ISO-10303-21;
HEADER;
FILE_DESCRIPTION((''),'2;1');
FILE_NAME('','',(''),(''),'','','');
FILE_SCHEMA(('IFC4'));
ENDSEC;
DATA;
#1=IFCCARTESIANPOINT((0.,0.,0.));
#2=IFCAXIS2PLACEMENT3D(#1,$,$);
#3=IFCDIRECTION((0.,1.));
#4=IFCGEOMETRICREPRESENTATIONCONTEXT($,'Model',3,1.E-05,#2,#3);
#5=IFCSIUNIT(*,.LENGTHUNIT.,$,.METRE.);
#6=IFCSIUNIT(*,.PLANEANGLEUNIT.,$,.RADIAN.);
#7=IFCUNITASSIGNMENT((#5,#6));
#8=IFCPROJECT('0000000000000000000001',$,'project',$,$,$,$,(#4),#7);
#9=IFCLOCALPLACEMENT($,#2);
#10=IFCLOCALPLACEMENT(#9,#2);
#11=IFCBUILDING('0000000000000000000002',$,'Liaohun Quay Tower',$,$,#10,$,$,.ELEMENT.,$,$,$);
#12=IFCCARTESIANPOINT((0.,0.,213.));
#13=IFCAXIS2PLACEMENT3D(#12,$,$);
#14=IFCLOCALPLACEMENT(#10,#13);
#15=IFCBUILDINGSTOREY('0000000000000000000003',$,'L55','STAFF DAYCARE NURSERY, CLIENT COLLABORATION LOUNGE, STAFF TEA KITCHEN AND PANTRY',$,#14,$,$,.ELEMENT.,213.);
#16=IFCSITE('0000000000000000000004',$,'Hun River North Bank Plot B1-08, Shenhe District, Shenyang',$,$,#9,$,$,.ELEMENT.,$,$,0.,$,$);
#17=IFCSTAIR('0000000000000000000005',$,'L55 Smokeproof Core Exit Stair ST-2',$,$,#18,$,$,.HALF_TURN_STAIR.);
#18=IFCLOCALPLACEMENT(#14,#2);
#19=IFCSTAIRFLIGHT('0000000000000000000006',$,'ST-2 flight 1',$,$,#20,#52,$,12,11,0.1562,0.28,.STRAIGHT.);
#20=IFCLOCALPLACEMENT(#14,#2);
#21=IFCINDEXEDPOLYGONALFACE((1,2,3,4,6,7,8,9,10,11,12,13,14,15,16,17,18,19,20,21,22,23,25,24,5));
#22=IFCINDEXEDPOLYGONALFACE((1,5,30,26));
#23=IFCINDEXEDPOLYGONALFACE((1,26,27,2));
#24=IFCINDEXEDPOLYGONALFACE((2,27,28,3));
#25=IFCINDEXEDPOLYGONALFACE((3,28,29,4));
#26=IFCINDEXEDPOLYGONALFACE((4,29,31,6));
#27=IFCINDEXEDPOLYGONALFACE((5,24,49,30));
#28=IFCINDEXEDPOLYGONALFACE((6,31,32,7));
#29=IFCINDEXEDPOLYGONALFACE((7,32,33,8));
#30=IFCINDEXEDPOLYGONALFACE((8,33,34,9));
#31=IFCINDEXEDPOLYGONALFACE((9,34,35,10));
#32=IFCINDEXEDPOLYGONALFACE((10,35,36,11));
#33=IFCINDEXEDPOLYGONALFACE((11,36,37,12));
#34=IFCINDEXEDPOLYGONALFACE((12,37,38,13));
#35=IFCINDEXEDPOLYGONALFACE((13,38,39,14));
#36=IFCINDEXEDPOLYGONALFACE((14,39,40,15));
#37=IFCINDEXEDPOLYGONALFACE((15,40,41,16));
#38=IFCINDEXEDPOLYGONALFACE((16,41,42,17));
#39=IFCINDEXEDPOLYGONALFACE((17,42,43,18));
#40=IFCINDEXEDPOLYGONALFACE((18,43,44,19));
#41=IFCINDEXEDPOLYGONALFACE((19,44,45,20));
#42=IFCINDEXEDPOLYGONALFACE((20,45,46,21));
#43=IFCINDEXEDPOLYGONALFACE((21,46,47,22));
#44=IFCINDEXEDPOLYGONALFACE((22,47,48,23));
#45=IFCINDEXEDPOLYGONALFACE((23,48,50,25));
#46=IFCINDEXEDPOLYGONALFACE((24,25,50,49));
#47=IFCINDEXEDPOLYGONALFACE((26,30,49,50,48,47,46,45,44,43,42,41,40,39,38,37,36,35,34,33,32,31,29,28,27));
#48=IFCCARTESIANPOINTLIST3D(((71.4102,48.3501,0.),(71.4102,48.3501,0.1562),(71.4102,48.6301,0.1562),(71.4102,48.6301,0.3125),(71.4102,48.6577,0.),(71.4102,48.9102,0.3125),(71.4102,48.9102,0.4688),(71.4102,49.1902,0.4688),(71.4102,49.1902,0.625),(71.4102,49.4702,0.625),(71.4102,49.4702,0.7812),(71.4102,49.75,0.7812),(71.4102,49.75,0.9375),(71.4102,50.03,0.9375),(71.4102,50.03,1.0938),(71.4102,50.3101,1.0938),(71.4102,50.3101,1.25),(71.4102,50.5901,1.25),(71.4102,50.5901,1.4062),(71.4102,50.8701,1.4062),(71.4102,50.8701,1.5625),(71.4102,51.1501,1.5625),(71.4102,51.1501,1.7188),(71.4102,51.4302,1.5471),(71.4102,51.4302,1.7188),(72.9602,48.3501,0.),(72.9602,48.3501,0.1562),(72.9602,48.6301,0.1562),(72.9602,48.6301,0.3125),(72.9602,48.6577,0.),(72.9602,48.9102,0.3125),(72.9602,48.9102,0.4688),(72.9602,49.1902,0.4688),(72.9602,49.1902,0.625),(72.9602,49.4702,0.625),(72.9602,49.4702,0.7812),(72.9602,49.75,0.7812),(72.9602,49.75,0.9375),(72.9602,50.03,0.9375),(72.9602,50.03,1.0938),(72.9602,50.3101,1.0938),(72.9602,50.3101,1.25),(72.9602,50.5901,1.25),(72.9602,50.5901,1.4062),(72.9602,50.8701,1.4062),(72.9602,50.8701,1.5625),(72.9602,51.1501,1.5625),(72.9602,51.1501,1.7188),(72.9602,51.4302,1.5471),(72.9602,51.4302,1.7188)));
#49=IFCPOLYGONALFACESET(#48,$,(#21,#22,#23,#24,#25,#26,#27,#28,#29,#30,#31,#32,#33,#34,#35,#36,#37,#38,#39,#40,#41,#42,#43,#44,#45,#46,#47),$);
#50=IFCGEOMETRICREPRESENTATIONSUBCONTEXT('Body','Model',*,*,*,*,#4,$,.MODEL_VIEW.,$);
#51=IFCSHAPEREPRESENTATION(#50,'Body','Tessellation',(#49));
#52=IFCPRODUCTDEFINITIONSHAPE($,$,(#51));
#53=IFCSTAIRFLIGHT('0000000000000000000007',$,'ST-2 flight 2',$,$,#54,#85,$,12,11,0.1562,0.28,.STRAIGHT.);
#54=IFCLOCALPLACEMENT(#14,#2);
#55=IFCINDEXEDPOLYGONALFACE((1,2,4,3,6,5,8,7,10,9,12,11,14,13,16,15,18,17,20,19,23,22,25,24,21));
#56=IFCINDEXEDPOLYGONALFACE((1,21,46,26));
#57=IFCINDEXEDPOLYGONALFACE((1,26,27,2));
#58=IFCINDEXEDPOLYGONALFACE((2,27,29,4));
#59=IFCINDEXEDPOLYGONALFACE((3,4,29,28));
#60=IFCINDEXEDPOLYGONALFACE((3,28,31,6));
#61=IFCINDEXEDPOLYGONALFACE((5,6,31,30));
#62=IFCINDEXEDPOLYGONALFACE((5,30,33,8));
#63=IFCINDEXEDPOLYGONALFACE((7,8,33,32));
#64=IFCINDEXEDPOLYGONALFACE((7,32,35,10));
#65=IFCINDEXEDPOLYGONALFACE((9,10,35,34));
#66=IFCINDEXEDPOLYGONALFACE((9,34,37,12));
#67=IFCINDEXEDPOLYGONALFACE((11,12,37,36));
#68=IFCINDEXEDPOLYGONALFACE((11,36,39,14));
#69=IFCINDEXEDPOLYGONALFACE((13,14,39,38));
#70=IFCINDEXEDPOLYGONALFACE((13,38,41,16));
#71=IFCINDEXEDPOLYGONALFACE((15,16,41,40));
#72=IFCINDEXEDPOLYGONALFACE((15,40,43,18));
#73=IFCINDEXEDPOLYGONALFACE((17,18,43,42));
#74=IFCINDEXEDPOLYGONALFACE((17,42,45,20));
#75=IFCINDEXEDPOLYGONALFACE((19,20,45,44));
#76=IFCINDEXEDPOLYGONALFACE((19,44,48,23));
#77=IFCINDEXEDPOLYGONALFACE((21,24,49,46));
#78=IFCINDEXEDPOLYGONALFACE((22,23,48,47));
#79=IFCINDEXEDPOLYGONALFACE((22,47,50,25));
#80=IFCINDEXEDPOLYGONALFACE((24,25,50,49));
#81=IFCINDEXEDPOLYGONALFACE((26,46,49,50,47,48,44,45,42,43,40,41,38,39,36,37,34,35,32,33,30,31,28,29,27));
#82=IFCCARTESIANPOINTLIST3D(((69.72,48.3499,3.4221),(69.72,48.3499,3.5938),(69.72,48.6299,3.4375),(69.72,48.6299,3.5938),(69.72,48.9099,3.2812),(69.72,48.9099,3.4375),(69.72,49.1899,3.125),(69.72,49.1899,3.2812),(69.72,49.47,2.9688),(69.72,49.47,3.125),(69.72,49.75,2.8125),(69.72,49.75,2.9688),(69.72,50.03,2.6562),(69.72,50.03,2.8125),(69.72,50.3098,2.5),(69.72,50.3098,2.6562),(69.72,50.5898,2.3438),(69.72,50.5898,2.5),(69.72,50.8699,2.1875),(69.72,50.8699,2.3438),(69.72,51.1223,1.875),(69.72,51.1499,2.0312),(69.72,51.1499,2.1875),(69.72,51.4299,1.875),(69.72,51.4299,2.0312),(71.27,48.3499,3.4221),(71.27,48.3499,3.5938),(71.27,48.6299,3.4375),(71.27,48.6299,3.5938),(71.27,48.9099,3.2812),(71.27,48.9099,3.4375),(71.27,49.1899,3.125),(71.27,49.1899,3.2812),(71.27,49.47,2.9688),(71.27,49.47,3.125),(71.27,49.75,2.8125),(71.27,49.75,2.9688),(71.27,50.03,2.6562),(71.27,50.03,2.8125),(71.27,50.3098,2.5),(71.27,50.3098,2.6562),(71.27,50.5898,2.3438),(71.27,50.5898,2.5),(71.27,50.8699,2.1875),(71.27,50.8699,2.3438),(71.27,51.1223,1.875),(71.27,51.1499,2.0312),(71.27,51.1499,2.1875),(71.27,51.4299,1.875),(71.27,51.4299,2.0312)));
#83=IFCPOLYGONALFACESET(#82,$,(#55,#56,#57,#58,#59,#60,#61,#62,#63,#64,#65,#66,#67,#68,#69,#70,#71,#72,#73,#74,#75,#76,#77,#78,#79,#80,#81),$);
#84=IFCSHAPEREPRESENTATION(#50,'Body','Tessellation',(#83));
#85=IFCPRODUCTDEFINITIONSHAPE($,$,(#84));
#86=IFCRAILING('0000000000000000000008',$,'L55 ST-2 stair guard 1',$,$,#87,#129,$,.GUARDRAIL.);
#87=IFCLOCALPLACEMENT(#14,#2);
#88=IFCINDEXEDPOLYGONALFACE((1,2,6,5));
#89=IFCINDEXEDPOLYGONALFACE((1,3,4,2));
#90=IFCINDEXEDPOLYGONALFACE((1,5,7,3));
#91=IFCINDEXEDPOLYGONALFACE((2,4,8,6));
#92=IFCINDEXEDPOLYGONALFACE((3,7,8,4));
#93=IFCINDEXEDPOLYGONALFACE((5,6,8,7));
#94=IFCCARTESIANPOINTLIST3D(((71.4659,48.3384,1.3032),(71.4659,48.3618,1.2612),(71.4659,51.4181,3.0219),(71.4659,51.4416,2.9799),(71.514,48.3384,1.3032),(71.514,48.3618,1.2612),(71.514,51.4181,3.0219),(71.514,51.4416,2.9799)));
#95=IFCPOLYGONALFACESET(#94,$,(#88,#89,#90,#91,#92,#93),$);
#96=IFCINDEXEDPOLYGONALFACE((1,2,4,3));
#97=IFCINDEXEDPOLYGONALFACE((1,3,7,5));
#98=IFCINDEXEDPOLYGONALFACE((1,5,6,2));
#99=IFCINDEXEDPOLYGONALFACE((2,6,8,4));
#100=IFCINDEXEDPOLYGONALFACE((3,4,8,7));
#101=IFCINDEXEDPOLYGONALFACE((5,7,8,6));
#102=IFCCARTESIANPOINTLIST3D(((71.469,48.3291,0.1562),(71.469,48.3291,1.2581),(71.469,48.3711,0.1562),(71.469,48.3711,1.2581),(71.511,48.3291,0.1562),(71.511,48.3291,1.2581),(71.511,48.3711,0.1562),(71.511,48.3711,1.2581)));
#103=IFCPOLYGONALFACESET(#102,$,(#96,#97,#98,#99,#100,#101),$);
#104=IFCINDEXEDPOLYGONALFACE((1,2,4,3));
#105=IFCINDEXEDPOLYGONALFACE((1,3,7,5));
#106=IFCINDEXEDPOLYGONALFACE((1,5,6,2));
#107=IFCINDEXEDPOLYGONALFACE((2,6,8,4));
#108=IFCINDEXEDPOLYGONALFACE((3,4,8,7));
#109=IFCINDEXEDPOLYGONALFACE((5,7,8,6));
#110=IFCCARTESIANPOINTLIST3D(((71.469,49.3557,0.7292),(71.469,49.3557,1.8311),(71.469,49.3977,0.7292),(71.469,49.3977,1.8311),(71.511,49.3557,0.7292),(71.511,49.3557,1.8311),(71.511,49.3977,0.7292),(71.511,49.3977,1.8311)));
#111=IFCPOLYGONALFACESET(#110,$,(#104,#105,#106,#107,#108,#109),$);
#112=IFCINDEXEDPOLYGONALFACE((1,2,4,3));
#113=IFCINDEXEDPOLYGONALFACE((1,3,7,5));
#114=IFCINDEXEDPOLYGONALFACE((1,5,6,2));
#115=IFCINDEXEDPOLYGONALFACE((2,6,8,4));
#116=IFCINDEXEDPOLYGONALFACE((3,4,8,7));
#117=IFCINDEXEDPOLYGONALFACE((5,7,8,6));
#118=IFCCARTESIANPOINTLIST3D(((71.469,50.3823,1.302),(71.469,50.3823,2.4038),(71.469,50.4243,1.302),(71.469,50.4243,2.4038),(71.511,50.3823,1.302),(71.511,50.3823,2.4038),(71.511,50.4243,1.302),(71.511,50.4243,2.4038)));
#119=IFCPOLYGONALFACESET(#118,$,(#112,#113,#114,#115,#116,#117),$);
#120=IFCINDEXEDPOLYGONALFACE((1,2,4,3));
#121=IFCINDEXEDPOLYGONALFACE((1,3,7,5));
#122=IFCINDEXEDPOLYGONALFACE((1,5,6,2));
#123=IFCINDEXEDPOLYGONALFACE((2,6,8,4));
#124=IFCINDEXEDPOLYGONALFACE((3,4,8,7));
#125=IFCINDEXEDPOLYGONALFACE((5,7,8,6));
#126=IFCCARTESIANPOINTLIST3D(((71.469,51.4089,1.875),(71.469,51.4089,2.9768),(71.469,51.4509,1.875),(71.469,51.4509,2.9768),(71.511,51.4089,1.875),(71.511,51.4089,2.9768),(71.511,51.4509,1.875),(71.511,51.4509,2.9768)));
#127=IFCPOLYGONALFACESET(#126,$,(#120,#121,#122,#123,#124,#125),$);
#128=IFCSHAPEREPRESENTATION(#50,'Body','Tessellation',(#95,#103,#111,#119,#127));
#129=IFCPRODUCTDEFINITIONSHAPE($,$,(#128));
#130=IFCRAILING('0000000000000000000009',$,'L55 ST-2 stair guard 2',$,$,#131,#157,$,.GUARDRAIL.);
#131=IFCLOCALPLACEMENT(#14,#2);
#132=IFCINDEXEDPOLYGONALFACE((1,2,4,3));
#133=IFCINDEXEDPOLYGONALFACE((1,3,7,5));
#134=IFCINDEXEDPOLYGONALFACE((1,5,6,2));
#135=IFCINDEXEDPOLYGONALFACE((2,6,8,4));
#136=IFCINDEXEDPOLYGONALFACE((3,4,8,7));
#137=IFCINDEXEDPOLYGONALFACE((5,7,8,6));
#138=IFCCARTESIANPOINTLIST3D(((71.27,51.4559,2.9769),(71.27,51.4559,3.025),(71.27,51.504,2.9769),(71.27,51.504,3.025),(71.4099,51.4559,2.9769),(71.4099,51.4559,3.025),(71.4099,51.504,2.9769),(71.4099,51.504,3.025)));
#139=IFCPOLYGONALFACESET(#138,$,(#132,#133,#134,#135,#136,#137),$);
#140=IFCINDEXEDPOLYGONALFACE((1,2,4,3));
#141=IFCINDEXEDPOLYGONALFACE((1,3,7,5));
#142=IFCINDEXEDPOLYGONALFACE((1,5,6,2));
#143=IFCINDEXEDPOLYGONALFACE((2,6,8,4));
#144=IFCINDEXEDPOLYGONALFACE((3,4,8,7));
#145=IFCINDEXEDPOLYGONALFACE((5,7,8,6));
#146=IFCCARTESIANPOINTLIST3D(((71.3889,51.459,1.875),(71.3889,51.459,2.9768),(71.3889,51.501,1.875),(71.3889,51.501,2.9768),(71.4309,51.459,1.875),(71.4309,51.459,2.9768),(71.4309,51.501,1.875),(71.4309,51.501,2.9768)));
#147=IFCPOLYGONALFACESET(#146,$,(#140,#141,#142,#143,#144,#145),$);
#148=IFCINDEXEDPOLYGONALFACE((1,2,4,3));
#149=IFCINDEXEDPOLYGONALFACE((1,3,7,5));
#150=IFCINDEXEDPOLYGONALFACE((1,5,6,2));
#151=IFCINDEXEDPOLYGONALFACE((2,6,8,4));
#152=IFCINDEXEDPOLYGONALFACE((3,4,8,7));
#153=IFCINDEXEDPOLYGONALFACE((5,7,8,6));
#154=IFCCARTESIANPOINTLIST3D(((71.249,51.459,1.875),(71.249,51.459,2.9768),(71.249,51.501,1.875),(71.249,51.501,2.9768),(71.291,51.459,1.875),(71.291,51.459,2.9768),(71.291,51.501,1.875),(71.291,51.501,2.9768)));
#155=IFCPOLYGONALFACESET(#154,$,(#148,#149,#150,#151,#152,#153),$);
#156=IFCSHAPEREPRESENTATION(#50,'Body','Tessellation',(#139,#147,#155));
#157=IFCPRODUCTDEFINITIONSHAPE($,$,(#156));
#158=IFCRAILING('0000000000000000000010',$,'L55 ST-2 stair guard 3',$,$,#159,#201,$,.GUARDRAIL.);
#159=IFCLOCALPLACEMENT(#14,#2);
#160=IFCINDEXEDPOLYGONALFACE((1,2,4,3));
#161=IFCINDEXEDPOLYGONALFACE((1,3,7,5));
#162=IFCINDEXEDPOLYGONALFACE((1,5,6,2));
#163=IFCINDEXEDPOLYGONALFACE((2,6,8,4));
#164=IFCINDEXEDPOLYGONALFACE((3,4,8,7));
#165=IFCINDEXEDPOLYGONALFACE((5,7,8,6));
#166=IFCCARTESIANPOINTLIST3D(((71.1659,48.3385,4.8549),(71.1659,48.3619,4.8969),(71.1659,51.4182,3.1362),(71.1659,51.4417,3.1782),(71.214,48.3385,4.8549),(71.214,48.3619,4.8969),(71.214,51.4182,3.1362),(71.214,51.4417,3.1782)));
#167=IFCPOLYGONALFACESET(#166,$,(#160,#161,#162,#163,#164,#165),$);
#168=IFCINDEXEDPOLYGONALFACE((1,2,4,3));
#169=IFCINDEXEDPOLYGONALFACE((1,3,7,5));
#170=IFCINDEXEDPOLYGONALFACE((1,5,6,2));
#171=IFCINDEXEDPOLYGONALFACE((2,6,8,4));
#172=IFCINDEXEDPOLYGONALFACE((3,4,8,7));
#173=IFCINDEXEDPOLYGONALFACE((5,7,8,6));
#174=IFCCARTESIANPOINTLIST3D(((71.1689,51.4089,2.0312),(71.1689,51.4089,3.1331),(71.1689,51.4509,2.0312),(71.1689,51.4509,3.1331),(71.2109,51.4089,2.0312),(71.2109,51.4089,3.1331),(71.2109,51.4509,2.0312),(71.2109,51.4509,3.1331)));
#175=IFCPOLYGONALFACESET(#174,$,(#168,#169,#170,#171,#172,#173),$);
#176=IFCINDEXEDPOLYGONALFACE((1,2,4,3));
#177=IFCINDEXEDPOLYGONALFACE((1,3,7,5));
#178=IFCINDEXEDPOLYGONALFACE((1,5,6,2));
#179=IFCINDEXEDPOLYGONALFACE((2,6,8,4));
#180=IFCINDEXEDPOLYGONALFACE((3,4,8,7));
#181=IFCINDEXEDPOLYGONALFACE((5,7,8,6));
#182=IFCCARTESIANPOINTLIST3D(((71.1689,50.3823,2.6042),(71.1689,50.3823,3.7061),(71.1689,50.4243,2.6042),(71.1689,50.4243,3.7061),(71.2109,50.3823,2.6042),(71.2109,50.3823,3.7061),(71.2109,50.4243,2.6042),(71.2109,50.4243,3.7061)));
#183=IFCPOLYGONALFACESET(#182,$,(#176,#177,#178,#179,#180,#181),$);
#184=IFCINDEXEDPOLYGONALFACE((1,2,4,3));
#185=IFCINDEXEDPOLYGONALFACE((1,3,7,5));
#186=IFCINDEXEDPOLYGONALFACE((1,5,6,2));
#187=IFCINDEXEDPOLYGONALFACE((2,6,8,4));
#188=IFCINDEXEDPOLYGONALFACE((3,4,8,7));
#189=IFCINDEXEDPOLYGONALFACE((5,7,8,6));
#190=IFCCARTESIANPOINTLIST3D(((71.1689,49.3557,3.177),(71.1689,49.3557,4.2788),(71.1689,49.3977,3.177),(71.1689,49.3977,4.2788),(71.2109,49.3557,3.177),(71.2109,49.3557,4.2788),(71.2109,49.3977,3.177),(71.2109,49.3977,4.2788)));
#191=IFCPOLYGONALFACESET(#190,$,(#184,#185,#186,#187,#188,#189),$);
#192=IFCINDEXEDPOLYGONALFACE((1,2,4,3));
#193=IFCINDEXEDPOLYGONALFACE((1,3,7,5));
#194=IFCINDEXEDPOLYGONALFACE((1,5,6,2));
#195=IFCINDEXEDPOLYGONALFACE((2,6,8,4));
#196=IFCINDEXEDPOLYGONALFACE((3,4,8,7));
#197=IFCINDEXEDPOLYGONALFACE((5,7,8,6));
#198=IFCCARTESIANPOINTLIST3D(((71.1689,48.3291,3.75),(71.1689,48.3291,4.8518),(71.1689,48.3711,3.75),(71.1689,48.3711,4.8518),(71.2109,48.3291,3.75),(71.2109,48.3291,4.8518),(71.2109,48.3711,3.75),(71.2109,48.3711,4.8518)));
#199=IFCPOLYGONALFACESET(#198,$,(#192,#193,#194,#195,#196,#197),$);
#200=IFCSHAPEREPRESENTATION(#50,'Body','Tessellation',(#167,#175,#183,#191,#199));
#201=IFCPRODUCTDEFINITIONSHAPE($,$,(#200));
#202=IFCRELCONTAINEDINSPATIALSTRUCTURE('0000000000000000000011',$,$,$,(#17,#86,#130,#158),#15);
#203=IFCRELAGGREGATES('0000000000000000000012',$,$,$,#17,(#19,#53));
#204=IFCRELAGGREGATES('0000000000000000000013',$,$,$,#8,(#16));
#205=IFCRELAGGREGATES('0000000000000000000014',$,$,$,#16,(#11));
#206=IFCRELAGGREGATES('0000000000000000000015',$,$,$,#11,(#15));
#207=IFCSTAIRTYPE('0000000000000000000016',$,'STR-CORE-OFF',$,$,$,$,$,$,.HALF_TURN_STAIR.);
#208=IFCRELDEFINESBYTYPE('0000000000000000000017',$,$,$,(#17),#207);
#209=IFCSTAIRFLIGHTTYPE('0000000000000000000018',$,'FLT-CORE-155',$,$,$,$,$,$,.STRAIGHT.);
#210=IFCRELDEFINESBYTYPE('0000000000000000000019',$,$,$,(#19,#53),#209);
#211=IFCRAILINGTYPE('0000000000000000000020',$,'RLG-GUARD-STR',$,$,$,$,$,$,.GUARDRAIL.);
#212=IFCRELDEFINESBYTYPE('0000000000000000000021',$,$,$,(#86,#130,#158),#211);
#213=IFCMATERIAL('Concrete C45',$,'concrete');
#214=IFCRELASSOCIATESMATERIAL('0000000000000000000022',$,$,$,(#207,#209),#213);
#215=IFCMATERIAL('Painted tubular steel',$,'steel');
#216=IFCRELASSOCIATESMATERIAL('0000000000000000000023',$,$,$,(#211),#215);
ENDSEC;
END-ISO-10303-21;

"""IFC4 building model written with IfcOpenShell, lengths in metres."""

from ifc_helpers import new_model, si_unit, direction, frame, origin, origin_2d, place, context, subcontext, project, spatial, polyline, rectangle, outline, extrude, material, type_object, element, aggregate, save


model = new_model("IFC4")

# Units and contexts
model_context = context("Model", 3, precision=1e-05, world=origin(), true_north=direction((0.0, 1.0)))
body_context = subcontext(model_context, "Body", "Model", "MODEL_VIEW")
ifc_project = project(units=[si_unit("LENGTHUNIT", "METRE"), si_unit("PLANEANGLEUNIT", "RADIAN")], contexts=[model_context])

# Site, building, storey
site_placement = place(None, origin())
site = spatial("IfcSite", under=ifc_project, at=site_placement, Name="Hun River North Bank Plot B1-08, Shenhe District, Shenyang", CompositionType="ELEMENT", RefElevation=0.0)
building_placement = place(site_placement, origin())
building = spatial("IfcBuilding", under=site, at=building_placement, Name="Liaohun Quay Tower", CompositionType="ELEMENT")
storey_placement = place(building_placement, frame((0.0, 0.0, 213.0)))
storey = spatial("IfcBuildingStorey", under=building, at=storey_placement, Name="L55", Description="STAFF DAYCARE NURSERY, CLIENT COLLABORATION LOUNGE, STAFF TEA KITCHEN AND PANTRY", CompositionType="ELEMENT", Elevation=213.0)

# Stair, stair flights
ifc_material_1 = material(Name="Concrete C45", Category="concrete")
stair_type = type_object("IfcStairType", Name="STR-CORE-OFF", PredefinedType="HALF_TURN_STAIR", material=ifc_material_1)
stair_placement = place(storey_placement, origin())
stair = element("IfcStair", 1, at=stair_placement, inside=storey, type_object=stair_type, Name="L55 Smokeproof Core Exit Stair ST-2", PredefinedType="HALF_TURN_STAIR")
stair_flight_type = type_object("IfcStairFlightType", Name="FLT-CORE-155", PredefinedType="STRAIGHT", material=ifc_material_1)
stair_flight_1_placement = place(storey_placement, frame((72.1851, 48.3501, 0.0), z_axis=(0.0, 0.0, 1.0), x_axis=(0.0, 1.0, 0.0)))
stair_flight_1 = element("IfcStairFlight", 2, at=stair_flight_1_placement, type_object=stair_flight_type, Name="ST-2 flight 1", NumberOfRisers=12, NumberOfTreads=11, PredefinedType="STRAIGHT", RiserHeight=0.1562, TreadLength=0.28, context=body_context, shape_type="SweptSolid", body=[
    extrude(outline(polyline([(0.0, 0.0), (0.0, 0.1562), (0.28, 0.1562), (0.28, 0.3125), (0.5601, 0.3125), (0.5601, 0.4688), (0.8401, 0.4688), (0.8401, 0.625), (1.1201, 0.625), (1.1201, 0.7812), (1.3999, 0.7812), (1.3999, 0.9375), (1.6799, 0.9375), (1.6799, 1.0938), (1.96, 1.0938), (1.96, 1.25), (2.24, 1.25), (2.24, 1.4062), (2.52, 1.4062), (2.52, 1.5625), (2.8, 1.5625), (2.8, 1.7188), (3.0801, 1.7188), (3.0801, 1.875), (3.0801, 1.5471), (0.3076, 0.0), (0.0, 0.0)])), frame((0.0, 0.7749, 0.0), z_axis=(0.0, -1.0, 0.0), x_axis=(1.0, 0.0, 0.0)), (0.0, 0.0, 1.0), 1.55),
])
stair_flight_2_placement = place(storey_placement, frame((70.4951, 51.4299, 1.875), z_axis=(0.0, 0.0, 1.0), x_axis=(0.0, -1.0, 0.0)))
stair_flight_2 = element("IfcStairFlight", 3, at=stair_flight_2_placement, type_object=stair_flight_type, Name="ST-2 flight 2", NumberOfRisers=12, NumberOfTreads=11, PredefinedType="STRAIGHT", RiserHeight=0.1562, TreadLength=0.28, context=body_context, shape_type="SweptSolid", body=[
    extrude(outline(polyline([(0.0, 0.0), (0.0, 0.1562), (0.28, 0.1562), (0.28, 0.3125), (0.5601, 0.3125), (0.5601, 0.4688), (0.8401, 0.4688), (0.8401, 0.625), (1.1201, 0.625), (1.1201, 0.7812), (1.3999, 0.7812), (1.3999, 0.9375), (1.6799, 0.9375), (1.6799, 1.0938), (1.96, 1.0938), (1.96, 1.25), (2.24, 1.25), (2.24, 1.4062), (2.52, 1.4062), (2.52, 1.5625), (2.8, 1.5625), (2.8, 1.7188), (3.0801, 1.7188), (3.0801, 1.875), (3.0801, 1.5471), (0.3076, 0.0), (0.0, 0.0)])), frame((0.0, 0.7749, 0.0), z_axis=(0.0, -1.0, 0.0), x_axis=(1.0, 0.0, 0.0)), (0.0, 0.0, 1.0), 1.55),
])
aggregate(stair, [stair_flight_1, stair_flight_2])

# Railings
ifc_material_2 = material(Name="Painted tubular steel", Category="steel")
railing_type_1 = type_object("IfcRailingType", Name="RLG-GUARD-STR", PredefinedType="GUARDRAIL", material=ifc_material_2)
railing_1_placement = place(storey_placement, frame((71.49, 48.3501, 0.1562)))
element("IfcRailing", 4, at=railing_1_placement, inside=storey, type_object=railing_type_1, Name="L55 ST-2 stair guard 1", PredefinedType="GUARDRAIL", context=body_context, shape_type="SweptSolid", body=[
    extrude(rectangle(XDim=0.0481, YDim=0.0481, at=origin_2d()), frame((0.0, 0.0, 1.126), z_axis=(0.0, 0.873225, 0.487317), x_axis=(-1.0, 0.0, 0.0)), (0.0, 0.0, 1.0), 3.5269),
    extrude(rectangle(XDim=0.042, YDim=0.042, at=origin_2d()), origin(), (0.0, 0.0, 1.0), 1.1018),
    extrude(rectangle(XDim=0.042, YDim=0.042, at=origin_2d()), frame((0.0, 1.0266, 0.573)), (0.0, 0.0, 1.0), 1.1018),
    extrude(rectangle(XDim=0.042, YDim=0.042, at=origin_2d()), frame((0.0, 2.0532, 1.1458)), (0.0, 0.0, 1.0), 1.1018),
    extrude(rectangle(XDim=0.042, YDim=0.042, at=origin_2d()), frame((0.0, 3.0798, 1.7188)), (0.0, 0.0, 1.0), 1.1018),
])
railing_2_placement = place(storey_placement, frame((71.4099, 51.48, 1.875)))
element("IfcRailing", 5, at=railing_2_placement, inside=storey, type_object=railing_type_1, Name="L55 ST-2 stair guard 2", PredefinedType="GUARDRAIL", context=body_context, shape_type="SweptSolid", body=[
    extrude(rectangle(XDim=0.0481, YDim=0.0481, at=origin_2d()), frame((0.0, 0.0, 1.126), z_axis=(-1.0, 0.0, 0.0), x_axis=(0.0, -1.0, 0.0)), (0.0, 0.0, 1.0), 0.1399),
    extrude(rectangle(XDim=0.042, YDim=0.042, at=origin_2d()), origin(), (0.0, 0.0, 1.0), 1.1018),
    extrude(rectangle(XDim=0.042, YDim=0.042, at=origin_2d()), frame((-0.1399, 0.0, 0.0)), (0.0, 0.0, 1.0), 1.1018),
])
railing_3_placement = place(storey_placement, frame((71.1899, 51.4299, 2.0312)))
element("IfcRailing", 6, at=railing_3_placement, inside=storey, type_object=railing_type_1, Name="L55 ST-2 stair guard 3", PredefinedType="GUARDRAIL", context=body_context, shape_type="SweptSolid", body=[
    extrude(rectangle(XDim=0.0481, YDim=0.0481, at=origin_2d()), frame((0.0, 0.0, 1.126), z_axis=(0.0, -0.873225, 0.487317), x_axis=(1.0, 0.0, 0.0)), (0.0, 0.0, 1.0), 3.5269),
    extrude(rectangle(XDim=0.042, YDim=0.042, at=origin_2d()), origin(), (0.0, 0.0, 1.0), 1.1018),
    extrude(rectangle(XDim=0.042, YDim=0.042, at=origin_2d()), frame((0.0, -1.0266, 0.573)), (0.0, 0.0, 1.0), 1.1018),
    extrude(rectangle(XDim=0.042, YDim=0.042, at=origin_2d()), frame((0.0, -2.0532, 1.1458)), (0.0, 0.0, 1.0), 1.1018),
    extrude(rectangle(XDim=0.042, YDim=0.042, at=origin_2d()), frame((0.0, -3.0798, 1.7188)), (0.0, 0.0, 1.0), 1.1018),
])

save(model, "model.ifc")
